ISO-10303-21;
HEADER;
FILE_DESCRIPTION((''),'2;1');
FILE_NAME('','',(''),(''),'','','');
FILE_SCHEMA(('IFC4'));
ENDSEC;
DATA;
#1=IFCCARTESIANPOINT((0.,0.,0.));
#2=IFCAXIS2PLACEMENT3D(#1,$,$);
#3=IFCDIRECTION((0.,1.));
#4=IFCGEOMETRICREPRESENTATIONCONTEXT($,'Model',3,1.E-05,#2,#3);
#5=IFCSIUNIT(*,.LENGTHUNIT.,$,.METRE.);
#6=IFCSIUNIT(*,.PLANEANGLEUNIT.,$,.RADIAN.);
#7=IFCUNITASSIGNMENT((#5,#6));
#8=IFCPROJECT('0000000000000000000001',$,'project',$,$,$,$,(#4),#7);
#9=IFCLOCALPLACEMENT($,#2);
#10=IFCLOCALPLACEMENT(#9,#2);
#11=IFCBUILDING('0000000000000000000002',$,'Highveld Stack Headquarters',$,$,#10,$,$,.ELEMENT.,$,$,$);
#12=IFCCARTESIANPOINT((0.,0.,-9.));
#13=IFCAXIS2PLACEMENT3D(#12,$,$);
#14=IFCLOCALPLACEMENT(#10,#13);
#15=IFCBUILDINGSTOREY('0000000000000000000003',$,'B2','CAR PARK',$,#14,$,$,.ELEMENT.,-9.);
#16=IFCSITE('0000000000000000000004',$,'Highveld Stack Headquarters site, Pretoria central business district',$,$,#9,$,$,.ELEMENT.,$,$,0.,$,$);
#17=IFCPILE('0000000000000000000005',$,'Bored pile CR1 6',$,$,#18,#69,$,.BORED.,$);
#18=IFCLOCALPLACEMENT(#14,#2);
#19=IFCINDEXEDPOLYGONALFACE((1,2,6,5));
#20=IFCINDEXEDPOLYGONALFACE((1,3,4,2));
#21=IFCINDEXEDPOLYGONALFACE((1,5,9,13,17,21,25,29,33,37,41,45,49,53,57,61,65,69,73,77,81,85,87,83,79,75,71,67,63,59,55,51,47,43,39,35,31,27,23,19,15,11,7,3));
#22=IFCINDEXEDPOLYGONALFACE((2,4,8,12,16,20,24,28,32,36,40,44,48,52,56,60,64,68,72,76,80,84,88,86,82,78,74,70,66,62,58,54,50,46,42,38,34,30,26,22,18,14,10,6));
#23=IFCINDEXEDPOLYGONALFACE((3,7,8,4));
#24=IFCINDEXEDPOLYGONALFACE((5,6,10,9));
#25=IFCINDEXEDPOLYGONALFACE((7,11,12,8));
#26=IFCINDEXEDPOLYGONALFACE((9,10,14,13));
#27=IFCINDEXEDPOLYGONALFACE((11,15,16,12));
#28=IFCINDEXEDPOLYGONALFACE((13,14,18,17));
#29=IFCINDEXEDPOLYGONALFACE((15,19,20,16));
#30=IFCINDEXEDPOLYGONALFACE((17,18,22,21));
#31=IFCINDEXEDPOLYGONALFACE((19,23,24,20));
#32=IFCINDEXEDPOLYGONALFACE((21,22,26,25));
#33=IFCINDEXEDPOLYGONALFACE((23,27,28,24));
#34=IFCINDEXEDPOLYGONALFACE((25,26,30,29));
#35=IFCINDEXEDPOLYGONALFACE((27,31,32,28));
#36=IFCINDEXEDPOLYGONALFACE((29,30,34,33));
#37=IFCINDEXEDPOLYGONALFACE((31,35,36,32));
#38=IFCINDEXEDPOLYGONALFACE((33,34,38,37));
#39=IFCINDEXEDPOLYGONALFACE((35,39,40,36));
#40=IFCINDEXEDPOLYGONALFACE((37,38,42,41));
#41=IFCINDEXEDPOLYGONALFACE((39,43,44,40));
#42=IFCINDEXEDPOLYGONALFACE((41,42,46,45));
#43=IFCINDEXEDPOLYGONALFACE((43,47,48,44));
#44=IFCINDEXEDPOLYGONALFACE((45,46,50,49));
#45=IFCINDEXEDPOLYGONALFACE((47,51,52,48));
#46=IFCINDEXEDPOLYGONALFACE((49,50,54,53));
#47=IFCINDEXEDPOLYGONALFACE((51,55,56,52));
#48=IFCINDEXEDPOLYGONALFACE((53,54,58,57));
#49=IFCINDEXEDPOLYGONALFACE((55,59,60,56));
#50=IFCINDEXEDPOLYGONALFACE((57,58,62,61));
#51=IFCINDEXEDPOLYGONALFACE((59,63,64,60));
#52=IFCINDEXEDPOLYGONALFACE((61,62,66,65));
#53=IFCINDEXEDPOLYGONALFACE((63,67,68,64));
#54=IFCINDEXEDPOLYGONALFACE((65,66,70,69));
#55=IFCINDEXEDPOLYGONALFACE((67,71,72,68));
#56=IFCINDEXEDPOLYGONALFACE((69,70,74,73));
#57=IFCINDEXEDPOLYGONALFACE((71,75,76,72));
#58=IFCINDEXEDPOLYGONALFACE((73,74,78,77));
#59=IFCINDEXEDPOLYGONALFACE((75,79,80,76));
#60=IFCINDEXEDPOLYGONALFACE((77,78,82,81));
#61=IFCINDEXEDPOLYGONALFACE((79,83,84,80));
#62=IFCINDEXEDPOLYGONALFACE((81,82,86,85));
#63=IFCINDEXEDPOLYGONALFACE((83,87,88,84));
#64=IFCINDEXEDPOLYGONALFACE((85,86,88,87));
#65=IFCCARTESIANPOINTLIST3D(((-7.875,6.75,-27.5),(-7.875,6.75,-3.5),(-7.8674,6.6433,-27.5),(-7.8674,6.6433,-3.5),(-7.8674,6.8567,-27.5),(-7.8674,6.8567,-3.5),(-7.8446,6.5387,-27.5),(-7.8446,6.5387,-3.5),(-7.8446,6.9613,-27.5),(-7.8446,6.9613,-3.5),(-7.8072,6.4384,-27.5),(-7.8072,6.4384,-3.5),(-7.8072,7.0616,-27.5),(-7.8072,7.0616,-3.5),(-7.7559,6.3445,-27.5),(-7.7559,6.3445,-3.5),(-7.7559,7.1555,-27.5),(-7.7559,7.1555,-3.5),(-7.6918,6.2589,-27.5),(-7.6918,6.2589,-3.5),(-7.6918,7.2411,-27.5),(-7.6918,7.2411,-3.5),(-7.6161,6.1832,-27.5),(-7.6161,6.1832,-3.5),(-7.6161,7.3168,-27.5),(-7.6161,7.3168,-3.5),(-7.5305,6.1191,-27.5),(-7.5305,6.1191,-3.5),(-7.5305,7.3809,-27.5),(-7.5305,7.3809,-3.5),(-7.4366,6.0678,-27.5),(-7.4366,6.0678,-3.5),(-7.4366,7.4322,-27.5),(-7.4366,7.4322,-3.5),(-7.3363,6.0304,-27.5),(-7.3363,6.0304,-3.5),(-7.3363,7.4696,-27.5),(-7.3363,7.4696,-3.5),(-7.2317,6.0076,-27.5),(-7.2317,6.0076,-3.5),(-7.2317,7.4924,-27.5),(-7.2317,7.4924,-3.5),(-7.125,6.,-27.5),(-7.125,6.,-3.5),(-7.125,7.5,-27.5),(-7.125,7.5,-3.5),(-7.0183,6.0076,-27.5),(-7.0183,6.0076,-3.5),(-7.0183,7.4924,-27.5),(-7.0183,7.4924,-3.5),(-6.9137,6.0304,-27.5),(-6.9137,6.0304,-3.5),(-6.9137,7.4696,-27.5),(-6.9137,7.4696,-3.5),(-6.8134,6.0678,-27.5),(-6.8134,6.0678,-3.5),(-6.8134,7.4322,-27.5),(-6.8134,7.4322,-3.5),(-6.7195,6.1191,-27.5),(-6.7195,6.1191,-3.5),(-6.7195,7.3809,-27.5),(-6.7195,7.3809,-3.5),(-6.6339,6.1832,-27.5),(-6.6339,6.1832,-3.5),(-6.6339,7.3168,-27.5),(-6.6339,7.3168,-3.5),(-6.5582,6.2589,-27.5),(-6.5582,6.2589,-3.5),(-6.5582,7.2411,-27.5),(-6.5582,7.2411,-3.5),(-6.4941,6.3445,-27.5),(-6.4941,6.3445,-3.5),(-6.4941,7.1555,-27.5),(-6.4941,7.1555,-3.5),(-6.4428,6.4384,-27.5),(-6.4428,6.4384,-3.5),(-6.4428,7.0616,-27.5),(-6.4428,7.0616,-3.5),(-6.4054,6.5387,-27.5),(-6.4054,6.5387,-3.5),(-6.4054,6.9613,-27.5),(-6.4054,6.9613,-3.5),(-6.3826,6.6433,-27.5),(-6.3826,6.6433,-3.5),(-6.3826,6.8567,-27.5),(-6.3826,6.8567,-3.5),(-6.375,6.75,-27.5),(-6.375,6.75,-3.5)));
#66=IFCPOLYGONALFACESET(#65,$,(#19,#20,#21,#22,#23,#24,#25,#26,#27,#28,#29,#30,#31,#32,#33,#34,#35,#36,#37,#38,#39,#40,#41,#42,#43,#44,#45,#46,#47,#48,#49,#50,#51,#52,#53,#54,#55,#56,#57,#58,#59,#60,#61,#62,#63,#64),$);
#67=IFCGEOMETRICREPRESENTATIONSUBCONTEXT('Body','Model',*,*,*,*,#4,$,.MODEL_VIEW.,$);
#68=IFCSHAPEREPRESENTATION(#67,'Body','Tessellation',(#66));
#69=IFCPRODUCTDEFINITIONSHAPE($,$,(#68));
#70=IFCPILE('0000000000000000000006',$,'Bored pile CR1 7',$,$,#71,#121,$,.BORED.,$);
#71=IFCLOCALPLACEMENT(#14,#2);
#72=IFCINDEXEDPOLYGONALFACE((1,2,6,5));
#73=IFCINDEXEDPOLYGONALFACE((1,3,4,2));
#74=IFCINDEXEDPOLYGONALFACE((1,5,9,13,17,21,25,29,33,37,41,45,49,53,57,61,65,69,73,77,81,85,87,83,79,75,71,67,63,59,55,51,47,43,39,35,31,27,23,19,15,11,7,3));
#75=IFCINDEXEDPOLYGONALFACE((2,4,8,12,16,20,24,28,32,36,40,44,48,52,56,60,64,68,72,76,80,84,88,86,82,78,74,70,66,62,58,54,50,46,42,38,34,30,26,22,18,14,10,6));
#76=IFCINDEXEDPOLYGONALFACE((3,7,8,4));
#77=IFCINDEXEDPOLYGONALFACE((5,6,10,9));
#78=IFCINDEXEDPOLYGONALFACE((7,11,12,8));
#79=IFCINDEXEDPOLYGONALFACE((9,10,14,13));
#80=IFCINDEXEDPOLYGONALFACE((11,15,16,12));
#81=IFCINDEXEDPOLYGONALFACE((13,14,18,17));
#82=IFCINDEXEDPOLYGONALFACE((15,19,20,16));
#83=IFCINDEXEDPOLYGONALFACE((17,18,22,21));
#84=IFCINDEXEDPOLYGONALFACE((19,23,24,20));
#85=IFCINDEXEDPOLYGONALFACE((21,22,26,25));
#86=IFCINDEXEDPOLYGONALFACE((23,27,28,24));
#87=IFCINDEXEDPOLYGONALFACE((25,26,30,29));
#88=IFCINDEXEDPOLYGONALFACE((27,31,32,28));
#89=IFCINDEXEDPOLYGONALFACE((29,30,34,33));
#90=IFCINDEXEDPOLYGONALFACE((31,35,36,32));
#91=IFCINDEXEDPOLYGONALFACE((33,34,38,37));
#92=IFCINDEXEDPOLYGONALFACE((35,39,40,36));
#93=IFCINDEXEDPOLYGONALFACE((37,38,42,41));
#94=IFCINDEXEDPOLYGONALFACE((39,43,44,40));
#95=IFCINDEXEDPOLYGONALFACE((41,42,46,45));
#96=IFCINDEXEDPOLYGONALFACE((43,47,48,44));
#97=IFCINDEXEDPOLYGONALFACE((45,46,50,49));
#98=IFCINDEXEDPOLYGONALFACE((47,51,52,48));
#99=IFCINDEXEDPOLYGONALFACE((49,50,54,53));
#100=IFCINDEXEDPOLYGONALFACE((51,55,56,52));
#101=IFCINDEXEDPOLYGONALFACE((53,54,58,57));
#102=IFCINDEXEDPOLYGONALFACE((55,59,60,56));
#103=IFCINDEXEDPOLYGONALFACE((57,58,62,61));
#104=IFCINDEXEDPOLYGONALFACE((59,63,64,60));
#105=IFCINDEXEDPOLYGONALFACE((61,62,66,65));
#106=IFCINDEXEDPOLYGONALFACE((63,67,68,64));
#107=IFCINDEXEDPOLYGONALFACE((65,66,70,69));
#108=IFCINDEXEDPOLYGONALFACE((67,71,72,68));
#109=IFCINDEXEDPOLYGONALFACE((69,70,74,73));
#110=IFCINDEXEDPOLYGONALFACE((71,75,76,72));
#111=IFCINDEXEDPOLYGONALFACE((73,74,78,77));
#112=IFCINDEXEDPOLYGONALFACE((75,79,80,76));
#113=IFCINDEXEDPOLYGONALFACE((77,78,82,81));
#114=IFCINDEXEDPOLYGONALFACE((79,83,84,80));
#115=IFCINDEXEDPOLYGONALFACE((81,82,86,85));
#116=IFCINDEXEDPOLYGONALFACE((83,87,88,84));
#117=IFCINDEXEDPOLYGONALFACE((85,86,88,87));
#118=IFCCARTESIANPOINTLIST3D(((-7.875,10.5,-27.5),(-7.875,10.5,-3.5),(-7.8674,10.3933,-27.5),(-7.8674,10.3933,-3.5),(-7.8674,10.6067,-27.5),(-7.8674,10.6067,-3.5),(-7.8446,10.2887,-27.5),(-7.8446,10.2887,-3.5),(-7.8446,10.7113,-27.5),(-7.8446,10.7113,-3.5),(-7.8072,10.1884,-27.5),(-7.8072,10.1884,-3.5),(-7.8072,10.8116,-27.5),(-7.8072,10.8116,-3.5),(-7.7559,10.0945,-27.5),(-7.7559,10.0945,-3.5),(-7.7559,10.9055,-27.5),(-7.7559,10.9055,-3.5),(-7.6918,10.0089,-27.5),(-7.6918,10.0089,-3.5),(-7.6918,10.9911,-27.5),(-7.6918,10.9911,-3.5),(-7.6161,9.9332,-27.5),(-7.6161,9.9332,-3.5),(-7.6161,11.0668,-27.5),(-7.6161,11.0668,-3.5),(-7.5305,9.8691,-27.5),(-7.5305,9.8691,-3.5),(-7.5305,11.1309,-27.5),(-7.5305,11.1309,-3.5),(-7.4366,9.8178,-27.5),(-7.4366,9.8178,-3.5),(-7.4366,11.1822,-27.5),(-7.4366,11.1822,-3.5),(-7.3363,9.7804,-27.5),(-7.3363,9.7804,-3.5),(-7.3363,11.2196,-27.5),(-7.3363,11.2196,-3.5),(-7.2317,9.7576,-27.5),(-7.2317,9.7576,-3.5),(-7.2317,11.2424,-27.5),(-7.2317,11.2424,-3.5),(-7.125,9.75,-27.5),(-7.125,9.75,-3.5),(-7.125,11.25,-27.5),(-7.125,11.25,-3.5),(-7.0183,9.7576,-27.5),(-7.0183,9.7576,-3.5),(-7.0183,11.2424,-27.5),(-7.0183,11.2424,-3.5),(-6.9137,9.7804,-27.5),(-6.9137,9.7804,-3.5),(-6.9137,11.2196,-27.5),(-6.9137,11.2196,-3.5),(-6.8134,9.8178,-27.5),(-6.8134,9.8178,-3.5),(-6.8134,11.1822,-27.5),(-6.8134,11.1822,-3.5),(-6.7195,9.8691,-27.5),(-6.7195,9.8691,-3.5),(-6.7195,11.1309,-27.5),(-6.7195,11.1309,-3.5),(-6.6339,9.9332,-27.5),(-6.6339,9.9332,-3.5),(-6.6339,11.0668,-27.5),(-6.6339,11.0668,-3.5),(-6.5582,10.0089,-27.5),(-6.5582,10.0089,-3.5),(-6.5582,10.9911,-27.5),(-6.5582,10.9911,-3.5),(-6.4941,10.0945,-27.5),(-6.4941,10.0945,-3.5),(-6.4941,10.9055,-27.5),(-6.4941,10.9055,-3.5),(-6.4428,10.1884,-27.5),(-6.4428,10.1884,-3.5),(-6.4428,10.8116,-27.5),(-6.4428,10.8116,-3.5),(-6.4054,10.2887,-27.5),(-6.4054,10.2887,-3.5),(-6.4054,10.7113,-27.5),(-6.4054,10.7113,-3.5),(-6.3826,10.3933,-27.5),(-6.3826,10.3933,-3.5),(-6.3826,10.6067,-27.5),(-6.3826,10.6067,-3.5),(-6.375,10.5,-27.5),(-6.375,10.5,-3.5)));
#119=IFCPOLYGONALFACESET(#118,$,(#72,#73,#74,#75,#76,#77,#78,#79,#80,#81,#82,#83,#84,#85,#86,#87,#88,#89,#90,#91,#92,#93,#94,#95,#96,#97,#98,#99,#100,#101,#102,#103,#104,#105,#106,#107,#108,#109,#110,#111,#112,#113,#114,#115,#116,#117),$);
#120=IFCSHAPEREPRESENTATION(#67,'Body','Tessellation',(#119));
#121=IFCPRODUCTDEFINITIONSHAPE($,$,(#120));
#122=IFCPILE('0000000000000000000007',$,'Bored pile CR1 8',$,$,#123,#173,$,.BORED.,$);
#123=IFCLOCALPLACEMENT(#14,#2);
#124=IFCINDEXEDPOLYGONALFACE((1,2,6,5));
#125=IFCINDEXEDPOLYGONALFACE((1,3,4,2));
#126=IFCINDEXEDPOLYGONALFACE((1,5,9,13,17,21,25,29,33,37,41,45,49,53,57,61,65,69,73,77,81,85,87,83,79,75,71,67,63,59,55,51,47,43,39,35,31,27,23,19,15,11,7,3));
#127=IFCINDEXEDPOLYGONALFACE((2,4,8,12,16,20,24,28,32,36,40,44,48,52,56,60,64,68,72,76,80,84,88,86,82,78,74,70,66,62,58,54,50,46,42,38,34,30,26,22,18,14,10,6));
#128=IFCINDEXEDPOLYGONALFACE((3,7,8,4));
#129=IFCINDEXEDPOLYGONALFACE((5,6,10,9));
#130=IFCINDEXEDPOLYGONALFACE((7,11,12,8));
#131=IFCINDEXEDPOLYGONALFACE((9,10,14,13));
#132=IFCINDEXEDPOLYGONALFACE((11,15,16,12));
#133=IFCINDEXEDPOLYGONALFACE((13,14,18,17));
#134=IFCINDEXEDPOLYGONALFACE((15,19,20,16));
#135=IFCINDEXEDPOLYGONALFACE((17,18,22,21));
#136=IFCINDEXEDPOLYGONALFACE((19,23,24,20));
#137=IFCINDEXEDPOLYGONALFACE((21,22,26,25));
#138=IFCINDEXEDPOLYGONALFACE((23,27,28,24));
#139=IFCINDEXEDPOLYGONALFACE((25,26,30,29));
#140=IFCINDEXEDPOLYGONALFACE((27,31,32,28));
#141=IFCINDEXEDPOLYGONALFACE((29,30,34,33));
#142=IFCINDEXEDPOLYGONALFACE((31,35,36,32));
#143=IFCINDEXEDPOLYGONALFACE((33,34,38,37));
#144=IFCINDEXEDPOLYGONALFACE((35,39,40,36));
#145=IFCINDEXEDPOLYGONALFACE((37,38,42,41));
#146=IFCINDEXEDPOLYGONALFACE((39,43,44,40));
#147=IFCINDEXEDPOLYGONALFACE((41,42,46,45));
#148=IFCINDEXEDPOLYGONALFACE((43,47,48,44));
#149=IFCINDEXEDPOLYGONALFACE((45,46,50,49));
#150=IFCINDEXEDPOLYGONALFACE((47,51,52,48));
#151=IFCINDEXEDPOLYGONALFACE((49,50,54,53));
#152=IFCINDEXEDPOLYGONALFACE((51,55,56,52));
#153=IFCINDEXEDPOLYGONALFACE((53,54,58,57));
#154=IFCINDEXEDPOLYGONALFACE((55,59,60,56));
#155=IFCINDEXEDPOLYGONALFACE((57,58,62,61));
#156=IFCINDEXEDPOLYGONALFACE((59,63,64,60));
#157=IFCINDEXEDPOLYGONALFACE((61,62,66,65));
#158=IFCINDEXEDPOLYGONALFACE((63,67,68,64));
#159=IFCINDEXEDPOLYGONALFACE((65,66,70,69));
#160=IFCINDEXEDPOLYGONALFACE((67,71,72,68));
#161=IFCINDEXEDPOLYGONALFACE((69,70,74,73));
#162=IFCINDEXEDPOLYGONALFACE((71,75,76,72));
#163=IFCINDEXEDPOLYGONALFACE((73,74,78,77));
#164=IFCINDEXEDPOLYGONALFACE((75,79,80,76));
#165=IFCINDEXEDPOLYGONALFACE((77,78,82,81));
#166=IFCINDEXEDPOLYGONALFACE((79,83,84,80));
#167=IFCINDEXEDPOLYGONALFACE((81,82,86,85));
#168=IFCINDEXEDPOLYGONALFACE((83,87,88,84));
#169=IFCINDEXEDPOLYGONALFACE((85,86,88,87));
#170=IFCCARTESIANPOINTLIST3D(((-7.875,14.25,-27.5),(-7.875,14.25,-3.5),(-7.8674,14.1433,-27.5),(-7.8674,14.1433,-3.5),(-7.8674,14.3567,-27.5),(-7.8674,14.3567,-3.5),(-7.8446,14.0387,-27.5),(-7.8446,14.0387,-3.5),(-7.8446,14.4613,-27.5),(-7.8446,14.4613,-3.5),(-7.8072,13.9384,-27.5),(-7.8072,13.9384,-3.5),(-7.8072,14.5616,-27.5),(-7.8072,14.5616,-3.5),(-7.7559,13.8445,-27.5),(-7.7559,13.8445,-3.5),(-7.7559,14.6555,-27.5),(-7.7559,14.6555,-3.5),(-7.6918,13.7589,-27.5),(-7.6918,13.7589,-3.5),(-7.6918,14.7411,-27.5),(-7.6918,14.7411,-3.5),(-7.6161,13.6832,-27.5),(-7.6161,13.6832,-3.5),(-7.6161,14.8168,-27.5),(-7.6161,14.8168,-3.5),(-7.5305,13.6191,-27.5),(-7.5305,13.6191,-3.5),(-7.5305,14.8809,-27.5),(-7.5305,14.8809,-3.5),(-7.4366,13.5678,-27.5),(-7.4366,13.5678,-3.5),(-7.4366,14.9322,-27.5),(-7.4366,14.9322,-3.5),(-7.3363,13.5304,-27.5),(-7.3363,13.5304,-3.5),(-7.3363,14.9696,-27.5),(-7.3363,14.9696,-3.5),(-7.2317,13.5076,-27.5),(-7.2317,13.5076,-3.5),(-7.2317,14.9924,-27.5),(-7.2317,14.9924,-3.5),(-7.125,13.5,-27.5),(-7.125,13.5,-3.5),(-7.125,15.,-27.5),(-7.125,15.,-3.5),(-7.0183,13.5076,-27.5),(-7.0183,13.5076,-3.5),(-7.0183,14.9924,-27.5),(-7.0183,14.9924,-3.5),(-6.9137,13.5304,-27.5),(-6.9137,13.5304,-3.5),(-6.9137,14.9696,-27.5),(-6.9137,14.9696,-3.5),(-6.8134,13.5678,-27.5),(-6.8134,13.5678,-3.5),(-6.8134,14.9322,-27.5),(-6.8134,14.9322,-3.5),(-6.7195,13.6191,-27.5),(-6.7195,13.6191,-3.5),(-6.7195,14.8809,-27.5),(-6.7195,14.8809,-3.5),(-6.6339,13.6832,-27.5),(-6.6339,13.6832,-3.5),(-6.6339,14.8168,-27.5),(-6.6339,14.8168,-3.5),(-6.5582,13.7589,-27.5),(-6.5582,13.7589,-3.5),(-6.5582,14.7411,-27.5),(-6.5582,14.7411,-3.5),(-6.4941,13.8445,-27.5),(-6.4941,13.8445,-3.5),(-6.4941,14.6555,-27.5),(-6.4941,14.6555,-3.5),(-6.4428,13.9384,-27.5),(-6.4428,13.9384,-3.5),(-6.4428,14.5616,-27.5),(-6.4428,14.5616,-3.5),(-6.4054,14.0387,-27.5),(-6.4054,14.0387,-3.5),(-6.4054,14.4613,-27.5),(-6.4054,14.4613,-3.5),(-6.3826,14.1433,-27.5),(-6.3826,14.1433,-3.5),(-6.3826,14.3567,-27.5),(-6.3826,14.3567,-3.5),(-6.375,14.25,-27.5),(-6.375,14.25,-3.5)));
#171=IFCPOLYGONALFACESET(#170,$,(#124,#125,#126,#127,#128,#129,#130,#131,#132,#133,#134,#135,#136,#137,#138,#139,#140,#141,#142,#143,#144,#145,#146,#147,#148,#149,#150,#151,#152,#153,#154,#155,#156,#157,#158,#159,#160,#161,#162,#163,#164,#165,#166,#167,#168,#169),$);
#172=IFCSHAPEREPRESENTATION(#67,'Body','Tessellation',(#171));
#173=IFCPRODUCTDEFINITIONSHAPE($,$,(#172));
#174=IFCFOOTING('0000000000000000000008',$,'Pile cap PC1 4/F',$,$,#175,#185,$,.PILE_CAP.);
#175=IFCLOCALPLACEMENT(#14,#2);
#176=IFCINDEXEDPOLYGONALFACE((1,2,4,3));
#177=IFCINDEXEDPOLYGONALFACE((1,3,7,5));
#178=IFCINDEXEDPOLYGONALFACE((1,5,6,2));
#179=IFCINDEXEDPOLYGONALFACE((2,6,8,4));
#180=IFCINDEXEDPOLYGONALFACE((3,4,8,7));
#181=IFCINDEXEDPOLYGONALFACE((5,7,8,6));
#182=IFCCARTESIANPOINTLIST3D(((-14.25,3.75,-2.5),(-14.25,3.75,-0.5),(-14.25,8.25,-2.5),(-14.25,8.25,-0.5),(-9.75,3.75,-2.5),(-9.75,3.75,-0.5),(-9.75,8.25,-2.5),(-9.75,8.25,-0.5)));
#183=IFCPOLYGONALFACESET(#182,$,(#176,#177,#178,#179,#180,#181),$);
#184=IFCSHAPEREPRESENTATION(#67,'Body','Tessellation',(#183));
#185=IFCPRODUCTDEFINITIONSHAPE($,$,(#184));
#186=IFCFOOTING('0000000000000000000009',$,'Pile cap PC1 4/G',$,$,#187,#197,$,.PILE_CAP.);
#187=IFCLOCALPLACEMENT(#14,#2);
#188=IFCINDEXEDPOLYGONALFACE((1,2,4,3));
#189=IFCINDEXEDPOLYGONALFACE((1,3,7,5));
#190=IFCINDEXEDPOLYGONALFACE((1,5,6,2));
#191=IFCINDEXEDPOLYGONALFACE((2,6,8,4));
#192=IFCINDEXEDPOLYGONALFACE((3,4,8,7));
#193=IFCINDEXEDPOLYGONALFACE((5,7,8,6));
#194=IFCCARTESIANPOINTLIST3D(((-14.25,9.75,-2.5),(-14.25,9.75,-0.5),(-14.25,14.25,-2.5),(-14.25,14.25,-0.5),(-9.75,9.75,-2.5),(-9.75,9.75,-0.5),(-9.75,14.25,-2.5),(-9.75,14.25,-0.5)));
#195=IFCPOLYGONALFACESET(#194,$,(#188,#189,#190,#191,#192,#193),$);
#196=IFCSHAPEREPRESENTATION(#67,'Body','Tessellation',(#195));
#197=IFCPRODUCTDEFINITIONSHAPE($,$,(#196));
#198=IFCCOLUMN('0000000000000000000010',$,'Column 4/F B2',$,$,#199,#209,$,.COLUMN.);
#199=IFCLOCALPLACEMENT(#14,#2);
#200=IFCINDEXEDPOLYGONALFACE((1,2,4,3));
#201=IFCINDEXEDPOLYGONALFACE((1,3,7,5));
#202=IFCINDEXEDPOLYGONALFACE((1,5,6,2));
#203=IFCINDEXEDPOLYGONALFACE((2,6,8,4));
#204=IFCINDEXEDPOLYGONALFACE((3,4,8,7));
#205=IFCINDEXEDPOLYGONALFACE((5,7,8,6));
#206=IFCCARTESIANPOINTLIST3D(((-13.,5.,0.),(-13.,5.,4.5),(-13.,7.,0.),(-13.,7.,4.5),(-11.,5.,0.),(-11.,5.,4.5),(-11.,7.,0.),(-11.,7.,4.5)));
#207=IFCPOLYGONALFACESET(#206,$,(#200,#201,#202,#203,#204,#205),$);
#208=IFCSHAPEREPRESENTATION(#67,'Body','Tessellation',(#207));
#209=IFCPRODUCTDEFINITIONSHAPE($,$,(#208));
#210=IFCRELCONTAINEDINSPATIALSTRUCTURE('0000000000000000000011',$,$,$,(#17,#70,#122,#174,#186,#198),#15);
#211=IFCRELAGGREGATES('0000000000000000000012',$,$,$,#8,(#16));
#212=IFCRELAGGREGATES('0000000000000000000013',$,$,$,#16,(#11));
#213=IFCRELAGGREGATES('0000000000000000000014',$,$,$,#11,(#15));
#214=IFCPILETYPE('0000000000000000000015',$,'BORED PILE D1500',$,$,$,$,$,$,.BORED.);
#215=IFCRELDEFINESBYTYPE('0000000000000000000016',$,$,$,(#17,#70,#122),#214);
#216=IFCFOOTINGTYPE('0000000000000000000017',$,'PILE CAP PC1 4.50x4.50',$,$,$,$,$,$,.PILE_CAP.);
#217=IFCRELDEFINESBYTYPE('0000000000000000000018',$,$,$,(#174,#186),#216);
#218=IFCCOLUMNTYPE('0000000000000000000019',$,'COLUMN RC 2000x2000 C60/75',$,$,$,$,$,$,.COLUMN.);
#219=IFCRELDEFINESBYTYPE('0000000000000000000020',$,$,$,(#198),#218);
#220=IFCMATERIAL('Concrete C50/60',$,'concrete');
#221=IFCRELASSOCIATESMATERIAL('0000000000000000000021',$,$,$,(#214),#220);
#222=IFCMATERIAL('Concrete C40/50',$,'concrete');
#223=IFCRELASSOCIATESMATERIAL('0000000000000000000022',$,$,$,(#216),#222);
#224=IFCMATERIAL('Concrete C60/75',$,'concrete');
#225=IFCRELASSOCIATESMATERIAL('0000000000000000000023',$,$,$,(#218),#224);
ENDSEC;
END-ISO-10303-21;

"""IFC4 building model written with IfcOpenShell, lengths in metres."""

from ifc_helpers import new_model, si_unit, direction, frame, origin, origin_2d, place, context, subcontext, project, spatial, rectangle, circle, extrude, material, material_profile, profile_set, type_object, element, save


model = new_model("IFC4")

# Units and contexts
model_context = context("Model", 3, precision=1e-05, world=origin(), true_north=direction((0.0, 1.0)))
body_context = subcontext(model_context, "Body", "Model", "MODEL_VIEW")
ifc_project = project(units=[si_unit("LENGTHUNIT", "METRE"), si_unit("PLANEANGLEUNIT", "RADIAN")], contexts=[model_context])

# Site, building, storey
site_placement = place(None, origin())
site = spatial("IfcSite", under=ifc_project, at=site_placement, Name="Highveld Stack Headquarters site, Pretoria central business district", CompositionType="ELEMENT", RefElevation=0.0)
building_placement = place(site_placement, origin())
building = spatial("IfcBuilding", under=site, at=building_placement, Name="Highveld Stack Headquarters", CompositionType="ELEMENT")
storey_placement = place(building_placement, frame((0.0, 0.0, -9.0)))
storey = spatial("IfcBuildingStorey", under=building, at=storey_placement, Name="B2", Description="CAR PARK", CompositionType="ELEMENT", Elevation=-9.0)

# Piles
ifc_material_1 = material(Name="Concrete C50/60", Category="concrete")
pile_type_1 = type_object("IfcPileType", Name="BORED PILE D1500", PredefinedType="BORED", material=ifc_material_1)
for number, where, z_axis, x_axis, name in (
    (1, (-7.125, 6.75, -3.5), (0.0, 0.0, -1.0), (1.0, 0.0, 0.0), "Bored pile CR1 6"),
    (2, (-7.125, 10.5, -3.5), (0.0, 0.0, -1.0), (1.0, 0.0, 0.0), "Bored pile CR1 7"),
    (3, (-7.125, 14.25, -3.5), (0.0, 0.0, -1.0), (1.0, 0.0, 0.0), "Bored pile CR1 8"),
):
    element("IfcPile", number, at=place(storey_placement, frame(where, z_axis=z_axis, x_axis=x_axis)), inside=storey, type_object=pile_type_1, Name=name, PredefinedType="BORED", context=body_context, shape_type="SweptSolid", body=[
        extrude(circle(Radius=0.75, at=origin_2d()), origin(), (0.0, 0.0, 1.0), 24.0),
    ])

# Footings
ifc_material_2 = material(Name="Concrete C40/50", Category="concrete")
footing_type = type_object("IfcFootingType", Name="PILE CAP PC1 4.50x4.50", PredefinedType="PILE_CAP", material=ifc_material_2)
for number, where, z_axis, x_axis, name in (
    (4, (-12.0, 6.0, -2.5), (0.0, 0.0, 1.0), (1.0, 0.0, 0.0), "Pile cap PC1 4/F"),
    (5, (-12.0, 12.0, -2.5), (0.0, 0.0, 1.0), (1.0, 0.0, 0.0), "Pile cap PC1 4/G"),
):
    element("IfcFooting", number, at=place(storey_placement, frame(where, z_axis=z_axis, x_axis=x_axis)), inside=storey, type_object=footing_type, Name=name, PredefinedType="PILE_CAP", context=body_context, shape_type="SweptSolid", body=[
        extrude(rectangle(XDim=4.5, YDim=4.5, at=origin_2d()), origin(), (0.0, 0.0, 1.0), 2.0),
    ])

# Column
ifc_material_3 = material(Name="Concrete C60/75", Category="concrete")
ifc_material_profile = material_profile(ifc_material_3, rectangle(XDim=2.0, YDim=2.0, at=origin_2d()), Name="RC 2000x2000")
ifc_profile_set = profile_set([ifc_material_profile], Name="Concrete C60/75")
column_type = type_object("IfcColumnType", Name="COLUMN RC 2000x2000 C60/75", PredefinedType="COLUMN", material=ifc_profile_set)
for number, where, z_axis, x_axis, name in (
    (6, (-12.0, 6.0, 0.0), (0.0, 0.0, 1.0), (1.0, 0.0, 0.0), "Column 4/F B2"),
):
    element("IfcColumn", number, at=place(storey_placement, frame(where, z_axis=z_axis, x_axis=x_axis)), inside=storey, type_object=column_type, Name=name, PredefinedType="COLUMN", context=body_context, shape_type="SweptSolid", body=[
        extrude(rectangle(XDim=2.0, YDim=2.0, at=origin_2d()), origin(), (0.0, 0.0, 1.0), 4.5),
    ])

save(model, "model.ifc")
